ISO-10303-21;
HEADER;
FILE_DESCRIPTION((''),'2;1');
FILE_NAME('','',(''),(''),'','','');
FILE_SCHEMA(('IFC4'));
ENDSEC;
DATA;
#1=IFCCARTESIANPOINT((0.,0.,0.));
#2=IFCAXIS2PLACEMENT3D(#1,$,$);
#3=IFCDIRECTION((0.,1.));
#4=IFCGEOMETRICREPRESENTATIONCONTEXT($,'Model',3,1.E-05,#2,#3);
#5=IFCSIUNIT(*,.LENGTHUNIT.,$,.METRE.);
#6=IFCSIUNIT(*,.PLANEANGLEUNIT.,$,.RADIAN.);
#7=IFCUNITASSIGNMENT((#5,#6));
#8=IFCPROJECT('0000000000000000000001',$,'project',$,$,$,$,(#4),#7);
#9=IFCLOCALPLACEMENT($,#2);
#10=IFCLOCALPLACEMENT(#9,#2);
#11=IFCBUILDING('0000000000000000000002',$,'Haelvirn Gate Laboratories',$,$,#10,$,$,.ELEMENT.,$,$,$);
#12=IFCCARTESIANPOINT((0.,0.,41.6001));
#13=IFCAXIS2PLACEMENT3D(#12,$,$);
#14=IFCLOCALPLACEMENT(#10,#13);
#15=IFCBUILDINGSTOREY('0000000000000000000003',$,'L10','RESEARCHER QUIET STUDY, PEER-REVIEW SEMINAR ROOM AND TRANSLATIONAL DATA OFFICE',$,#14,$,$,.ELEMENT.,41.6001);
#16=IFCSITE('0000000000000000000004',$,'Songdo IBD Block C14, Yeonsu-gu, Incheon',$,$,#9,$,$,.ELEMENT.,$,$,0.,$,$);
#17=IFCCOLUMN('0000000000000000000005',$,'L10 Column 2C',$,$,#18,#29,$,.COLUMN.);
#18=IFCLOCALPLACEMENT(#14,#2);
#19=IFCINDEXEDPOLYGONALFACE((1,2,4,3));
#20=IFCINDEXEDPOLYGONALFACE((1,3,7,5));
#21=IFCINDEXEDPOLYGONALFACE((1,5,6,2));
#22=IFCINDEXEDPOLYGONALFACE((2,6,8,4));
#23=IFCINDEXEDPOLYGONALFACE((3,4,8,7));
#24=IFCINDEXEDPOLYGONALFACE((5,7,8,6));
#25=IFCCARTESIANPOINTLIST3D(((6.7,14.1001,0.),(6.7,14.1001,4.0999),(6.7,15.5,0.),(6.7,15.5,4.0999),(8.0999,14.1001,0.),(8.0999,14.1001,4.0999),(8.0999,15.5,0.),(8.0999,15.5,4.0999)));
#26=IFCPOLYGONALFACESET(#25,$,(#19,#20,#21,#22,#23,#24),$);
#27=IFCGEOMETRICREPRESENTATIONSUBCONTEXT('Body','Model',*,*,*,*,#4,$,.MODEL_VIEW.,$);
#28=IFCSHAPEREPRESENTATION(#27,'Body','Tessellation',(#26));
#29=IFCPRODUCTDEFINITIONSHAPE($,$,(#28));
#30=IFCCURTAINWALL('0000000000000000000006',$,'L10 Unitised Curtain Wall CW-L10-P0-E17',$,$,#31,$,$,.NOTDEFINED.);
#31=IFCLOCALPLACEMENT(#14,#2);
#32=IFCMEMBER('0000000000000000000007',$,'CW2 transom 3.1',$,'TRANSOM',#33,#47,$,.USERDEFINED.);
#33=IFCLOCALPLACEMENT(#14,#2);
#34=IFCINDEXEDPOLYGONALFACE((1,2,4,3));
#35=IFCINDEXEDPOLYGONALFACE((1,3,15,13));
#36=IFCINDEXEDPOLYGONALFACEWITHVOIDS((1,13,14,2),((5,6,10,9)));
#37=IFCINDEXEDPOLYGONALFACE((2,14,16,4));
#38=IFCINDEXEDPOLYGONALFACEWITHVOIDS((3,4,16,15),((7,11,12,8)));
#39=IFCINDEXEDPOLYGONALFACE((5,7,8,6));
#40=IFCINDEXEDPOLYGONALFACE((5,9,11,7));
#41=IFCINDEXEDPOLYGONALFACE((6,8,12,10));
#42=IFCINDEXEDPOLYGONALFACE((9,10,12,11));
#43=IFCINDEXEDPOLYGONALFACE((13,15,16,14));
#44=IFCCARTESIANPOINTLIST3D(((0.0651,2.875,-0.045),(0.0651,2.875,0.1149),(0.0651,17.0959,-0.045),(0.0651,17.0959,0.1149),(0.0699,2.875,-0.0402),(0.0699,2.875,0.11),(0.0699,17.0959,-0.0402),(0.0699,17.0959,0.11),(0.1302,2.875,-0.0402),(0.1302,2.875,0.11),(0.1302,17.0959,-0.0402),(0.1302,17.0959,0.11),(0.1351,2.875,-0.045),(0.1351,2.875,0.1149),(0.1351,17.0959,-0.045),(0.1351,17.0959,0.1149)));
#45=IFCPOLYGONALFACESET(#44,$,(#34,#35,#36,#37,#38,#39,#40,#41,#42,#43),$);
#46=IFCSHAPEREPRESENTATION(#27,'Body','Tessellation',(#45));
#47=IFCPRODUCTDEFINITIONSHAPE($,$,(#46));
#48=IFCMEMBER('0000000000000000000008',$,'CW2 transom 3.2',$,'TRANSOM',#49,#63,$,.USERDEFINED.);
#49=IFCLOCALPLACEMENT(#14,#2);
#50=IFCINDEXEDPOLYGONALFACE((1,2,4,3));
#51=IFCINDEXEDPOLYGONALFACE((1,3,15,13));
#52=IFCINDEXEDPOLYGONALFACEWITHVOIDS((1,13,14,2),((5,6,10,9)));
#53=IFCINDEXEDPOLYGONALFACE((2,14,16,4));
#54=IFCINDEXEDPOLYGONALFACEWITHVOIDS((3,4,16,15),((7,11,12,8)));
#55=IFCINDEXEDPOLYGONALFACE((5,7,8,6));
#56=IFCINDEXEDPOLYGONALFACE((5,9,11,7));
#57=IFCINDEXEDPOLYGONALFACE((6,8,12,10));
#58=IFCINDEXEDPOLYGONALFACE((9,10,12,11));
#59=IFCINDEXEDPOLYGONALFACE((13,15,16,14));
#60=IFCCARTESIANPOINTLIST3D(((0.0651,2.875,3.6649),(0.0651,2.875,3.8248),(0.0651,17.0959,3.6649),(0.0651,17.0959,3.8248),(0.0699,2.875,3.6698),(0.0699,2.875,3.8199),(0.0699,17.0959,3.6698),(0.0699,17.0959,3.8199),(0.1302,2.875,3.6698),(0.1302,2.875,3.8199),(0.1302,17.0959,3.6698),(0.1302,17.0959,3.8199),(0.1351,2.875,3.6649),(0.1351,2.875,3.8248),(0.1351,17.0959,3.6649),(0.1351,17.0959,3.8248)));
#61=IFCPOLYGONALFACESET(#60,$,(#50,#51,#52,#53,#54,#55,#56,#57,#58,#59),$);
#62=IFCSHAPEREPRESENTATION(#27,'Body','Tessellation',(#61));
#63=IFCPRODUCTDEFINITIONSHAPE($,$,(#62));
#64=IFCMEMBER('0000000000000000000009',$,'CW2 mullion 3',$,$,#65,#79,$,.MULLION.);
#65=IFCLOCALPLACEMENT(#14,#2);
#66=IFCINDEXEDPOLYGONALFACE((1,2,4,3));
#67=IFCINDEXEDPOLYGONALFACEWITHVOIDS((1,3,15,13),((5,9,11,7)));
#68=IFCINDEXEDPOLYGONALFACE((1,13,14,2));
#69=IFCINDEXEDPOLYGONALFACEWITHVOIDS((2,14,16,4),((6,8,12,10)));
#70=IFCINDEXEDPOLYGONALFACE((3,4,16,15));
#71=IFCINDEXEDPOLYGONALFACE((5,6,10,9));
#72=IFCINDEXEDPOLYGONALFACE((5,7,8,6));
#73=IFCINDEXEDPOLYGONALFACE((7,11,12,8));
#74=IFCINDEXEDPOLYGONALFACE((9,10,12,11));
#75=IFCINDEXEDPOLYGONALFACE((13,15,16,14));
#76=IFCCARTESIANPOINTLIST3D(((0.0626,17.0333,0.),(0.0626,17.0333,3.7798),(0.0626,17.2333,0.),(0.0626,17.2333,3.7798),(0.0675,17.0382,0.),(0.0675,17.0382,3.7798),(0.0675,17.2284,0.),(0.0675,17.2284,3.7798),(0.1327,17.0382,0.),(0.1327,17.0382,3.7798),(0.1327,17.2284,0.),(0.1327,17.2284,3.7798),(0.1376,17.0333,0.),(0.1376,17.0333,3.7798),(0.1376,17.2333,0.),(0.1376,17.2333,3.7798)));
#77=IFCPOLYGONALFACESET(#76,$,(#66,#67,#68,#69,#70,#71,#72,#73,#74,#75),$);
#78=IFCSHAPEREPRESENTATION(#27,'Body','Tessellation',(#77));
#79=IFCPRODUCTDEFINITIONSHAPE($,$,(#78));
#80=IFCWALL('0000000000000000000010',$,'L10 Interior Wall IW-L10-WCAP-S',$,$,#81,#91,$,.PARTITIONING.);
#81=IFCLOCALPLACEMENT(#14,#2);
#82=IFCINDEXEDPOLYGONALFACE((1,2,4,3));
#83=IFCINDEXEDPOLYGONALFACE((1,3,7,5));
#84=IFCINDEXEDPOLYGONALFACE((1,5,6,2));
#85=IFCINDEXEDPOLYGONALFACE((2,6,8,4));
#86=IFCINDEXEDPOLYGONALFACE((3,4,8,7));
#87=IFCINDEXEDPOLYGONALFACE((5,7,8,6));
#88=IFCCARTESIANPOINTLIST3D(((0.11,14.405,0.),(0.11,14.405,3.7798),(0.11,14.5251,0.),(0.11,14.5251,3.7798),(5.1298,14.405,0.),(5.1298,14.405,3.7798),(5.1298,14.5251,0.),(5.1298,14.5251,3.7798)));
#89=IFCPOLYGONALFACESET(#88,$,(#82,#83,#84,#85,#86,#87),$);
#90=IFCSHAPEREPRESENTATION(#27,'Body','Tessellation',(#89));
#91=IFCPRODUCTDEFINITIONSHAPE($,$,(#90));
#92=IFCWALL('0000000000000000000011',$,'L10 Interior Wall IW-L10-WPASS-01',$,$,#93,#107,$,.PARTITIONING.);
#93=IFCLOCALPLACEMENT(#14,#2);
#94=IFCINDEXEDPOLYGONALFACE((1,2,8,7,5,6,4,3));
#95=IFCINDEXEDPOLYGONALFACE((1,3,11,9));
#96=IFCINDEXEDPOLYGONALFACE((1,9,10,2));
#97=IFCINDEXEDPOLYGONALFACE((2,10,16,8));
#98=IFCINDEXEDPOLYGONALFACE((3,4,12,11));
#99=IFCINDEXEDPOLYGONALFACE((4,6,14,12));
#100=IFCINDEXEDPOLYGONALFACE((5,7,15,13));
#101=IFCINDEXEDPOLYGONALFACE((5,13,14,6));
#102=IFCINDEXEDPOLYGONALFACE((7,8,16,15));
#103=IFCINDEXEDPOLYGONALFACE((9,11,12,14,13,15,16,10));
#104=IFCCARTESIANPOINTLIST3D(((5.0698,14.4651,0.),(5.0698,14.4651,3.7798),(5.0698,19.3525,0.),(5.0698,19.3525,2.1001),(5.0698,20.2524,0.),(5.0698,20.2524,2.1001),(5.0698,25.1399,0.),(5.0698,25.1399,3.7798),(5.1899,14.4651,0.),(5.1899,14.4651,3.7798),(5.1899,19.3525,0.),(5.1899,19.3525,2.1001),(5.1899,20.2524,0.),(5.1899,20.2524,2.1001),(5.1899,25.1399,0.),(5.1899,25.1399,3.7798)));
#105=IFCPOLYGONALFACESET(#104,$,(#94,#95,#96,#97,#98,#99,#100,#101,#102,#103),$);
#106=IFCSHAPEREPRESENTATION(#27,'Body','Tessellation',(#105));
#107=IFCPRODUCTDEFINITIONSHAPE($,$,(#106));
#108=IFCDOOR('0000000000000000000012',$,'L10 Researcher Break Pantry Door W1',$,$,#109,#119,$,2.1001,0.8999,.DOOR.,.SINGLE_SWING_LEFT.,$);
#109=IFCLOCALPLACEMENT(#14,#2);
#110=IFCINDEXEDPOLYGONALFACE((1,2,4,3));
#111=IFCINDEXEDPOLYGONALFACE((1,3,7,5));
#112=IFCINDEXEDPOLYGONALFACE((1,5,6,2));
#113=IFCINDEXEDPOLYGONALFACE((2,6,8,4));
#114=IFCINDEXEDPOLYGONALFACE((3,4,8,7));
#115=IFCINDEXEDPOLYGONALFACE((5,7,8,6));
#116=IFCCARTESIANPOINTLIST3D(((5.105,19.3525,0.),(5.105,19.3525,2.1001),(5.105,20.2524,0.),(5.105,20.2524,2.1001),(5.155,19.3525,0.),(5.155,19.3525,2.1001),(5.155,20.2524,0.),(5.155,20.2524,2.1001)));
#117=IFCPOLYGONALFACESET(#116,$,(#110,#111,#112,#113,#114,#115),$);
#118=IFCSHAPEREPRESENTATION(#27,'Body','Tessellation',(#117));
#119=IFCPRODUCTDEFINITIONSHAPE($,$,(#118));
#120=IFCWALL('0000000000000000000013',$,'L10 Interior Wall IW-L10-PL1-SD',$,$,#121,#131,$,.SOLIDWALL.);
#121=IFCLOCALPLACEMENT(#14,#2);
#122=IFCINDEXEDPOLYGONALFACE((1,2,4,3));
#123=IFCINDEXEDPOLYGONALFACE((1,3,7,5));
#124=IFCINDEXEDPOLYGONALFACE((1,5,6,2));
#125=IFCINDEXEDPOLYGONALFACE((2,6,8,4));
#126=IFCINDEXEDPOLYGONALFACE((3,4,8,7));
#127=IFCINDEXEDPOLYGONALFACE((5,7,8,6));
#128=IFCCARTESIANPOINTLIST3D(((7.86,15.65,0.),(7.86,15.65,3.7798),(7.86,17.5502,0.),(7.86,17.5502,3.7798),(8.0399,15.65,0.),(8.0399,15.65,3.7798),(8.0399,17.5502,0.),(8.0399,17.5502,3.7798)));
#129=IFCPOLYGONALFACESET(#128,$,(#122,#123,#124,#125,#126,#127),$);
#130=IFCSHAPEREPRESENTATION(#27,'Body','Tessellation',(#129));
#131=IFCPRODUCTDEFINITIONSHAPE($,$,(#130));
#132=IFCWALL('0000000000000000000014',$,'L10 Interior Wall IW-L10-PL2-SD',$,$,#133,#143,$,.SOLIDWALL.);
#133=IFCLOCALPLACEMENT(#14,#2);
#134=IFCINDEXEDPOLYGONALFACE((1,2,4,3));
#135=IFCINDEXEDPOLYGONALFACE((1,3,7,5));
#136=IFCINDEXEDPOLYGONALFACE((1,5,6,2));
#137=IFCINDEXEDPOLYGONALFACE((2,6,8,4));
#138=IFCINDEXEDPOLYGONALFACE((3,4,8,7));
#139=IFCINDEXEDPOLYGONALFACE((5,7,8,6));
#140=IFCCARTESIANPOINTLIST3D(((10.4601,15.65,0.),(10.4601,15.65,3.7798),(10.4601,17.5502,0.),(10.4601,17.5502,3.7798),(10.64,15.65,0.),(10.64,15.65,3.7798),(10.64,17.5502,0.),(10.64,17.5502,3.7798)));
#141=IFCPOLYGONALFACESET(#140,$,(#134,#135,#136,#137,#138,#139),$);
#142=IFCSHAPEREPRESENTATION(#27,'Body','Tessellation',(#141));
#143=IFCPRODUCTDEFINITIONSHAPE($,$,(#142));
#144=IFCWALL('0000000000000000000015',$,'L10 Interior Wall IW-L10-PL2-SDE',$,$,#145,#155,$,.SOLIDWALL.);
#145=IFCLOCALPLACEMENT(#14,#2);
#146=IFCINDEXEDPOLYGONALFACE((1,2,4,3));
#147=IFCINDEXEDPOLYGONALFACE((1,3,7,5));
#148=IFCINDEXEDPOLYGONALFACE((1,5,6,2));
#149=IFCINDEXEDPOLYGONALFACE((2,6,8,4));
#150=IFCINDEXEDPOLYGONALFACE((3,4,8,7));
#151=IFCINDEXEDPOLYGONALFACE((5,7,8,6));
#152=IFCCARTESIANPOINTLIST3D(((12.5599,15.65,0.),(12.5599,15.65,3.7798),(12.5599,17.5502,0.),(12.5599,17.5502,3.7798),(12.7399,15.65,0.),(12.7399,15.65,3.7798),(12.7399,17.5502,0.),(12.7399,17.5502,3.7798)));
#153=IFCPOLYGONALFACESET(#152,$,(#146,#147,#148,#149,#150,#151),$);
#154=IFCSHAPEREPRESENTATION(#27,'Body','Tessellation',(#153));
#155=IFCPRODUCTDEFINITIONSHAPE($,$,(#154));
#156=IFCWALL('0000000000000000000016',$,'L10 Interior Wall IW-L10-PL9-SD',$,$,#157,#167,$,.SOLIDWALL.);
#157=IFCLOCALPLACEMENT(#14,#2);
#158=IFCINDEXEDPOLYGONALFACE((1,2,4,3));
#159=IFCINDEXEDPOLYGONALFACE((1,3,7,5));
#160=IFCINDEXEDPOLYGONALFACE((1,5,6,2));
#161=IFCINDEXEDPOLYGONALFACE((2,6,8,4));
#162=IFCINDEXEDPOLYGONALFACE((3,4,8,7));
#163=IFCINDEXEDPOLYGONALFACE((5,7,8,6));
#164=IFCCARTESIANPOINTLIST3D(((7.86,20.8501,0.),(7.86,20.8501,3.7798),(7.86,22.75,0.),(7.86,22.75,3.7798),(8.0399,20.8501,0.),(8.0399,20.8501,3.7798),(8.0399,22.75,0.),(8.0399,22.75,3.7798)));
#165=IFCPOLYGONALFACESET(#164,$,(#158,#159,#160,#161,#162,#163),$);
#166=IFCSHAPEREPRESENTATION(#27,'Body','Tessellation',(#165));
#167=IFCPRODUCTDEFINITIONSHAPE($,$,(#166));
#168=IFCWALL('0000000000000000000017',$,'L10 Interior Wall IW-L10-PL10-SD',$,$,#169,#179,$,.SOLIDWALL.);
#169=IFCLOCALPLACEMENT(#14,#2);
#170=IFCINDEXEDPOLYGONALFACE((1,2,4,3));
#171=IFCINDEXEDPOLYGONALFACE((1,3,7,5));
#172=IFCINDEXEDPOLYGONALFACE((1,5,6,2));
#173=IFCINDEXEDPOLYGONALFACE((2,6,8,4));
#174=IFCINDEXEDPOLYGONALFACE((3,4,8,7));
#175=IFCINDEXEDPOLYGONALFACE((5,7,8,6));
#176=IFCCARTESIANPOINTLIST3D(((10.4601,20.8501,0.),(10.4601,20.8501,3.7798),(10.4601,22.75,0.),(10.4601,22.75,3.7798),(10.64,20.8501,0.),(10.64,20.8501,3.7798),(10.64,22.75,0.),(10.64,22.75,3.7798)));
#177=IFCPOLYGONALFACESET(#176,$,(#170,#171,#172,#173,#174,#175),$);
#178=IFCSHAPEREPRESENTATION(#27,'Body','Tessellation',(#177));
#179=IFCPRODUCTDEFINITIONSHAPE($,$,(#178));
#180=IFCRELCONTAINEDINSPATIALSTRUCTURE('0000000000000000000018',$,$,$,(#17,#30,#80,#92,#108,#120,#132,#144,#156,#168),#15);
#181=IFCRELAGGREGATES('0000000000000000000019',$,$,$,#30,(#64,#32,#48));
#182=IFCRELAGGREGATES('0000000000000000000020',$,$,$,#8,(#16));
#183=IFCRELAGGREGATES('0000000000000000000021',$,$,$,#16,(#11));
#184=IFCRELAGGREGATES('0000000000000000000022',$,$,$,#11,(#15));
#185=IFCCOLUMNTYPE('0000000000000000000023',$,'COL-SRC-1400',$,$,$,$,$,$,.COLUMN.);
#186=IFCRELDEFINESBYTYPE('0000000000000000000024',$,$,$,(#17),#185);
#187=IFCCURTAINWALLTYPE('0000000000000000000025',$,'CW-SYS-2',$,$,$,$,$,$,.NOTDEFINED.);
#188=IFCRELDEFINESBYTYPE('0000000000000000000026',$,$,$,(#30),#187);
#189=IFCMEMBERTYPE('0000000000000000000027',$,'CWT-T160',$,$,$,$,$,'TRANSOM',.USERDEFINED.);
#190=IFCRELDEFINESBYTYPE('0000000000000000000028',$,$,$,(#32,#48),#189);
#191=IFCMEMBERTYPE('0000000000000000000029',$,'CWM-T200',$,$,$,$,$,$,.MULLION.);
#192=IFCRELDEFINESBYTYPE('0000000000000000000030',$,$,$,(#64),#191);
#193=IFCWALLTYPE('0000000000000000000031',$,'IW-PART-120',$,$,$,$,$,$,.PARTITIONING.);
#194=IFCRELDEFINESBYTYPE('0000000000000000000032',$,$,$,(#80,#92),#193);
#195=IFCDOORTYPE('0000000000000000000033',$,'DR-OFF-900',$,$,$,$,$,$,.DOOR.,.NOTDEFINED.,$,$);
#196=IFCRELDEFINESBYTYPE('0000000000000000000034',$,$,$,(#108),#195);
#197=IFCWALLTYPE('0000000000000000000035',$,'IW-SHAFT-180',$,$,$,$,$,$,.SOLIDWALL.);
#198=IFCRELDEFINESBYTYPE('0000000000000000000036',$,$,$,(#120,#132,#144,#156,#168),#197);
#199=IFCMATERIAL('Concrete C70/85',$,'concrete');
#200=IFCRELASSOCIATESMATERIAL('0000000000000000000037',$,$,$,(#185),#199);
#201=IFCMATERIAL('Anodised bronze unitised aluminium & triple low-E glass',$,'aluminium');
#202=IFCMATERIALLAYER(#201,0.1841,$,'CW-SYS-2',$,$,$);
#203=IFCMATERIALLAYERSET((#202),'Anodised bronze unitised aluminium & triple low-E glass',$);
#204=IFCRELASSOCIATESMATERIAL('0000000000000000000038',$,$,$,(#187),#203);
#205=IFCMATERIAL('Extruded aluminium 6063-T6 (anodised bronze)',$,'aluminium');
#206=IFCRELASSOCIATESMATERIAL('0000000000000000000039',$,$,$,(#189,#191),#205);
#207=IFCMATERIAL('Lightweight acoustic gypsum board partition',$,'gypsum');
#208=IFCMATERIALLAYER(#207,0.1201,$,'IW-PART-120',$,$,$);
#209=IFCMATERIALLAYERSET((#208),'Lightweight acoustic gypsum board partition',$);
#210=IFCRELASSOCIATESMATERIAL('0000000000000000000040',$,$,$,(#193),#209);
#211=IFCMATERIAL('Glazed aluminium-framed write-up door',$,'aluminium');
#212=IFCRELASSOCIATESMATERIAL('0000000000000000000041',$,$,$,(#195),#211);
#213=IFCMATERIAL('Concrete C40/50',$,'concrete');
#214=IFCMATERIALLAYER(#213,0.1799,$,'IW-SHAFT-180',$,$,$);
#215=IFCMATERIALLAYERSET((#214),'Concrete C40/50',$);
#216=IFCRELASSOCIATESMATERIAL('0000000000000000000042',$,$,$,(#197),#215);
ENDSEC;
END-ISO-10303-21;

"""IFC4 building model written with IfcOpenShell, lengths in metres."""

from ifc_helpers import new_model, si_unit, direction, frame, frame_2d, origin, origin_2d, place, context, subcontext, project, spatial, rectangle, hollow_rectangle, extrude, source, transform, mapped, material, layer, layer_set, material_profile, profile_set, type_object, type_shapes, element, fill, aggregate, save


model = new_model("IFC4")

# Units and contexts
model_context = context("Model", 3, precision=1e-05, world=origin(), true_north=direction((0.0, 1.0)))
body_context = subcontext(model_context, "Body", "Model", "MODEL_VIEW")
ifc_project = project(units=[si_unit("LENGTHUNIT", "METRE"), si_unit("PLANEANGLEUNIT", "RADIAN")], contexts=[model_context])

# Site, building, storey
site_placement = place(None, origin())
site = spatial("IfcSite", under=ifc_project, at=site_placement, Name="Songdo IBD Block C14, Yeonsu-gu, Incheon", CompositionType="ELEMENT", RefElevation=0.0)
building_placement = place(site_placement, origin())
building = spatial("IfcBuilding", under=site, at=building_placement, Name="Haelvirn Gate Laboratories", CompositionType="ELEMENT")
storey_placement = place(building_placement, frame((0.0, 0.0, 41.6001)))
storey = spatial("IfcBuildingStorey", under=building, at=storey_placement, Name="L10", Description="RESEARCHER QUIET STUDY, PEER-REVIEW SEMINAR ROOM AND TRANSLATIONAL DATA OFFICE", CompositionType="ELEMENT", Elevation=41.6001)

# Column
ifc_material_1 = material(Name="Concrete C70/85", Category="concrete")
ifc_material_profile_1 = material_profile(ifc_material_1, rectangle(XDim=1.3999, YDim=1.3999, at=origin_2d()), Name="SRC-1400x1400")
ifc_profile_set_1 = profile_set([ifc_material_profile_1], Name="Concrete C70/85")
column_type = type_object("IfcColumnType", Name="COL-SRC-1400", PredefinedType="COLUMN", material=ifc_profile_set_1)
shared_shape_1 = source(origin(), body_context, "Body", "SweptSolid", [
    extrude(rectangle(XDim=1.3999, YDim=1.3999, at=origin_2d()), origin(), (0.0, 0.0, 1.0), 4.0999),
])
type_shapes(column_type, [shared_shape_1])
column_placement = place(storey_placement, frame((7.3999, 14.8, 0.0), z_axis=(0.0, 0.0, 1.0), x_axis=(1.0, 0.0, 0.0)))
element("IfcColumn", 1, at=column_placement, inside=storey, type_object=column_type, Name="L10 Column 2C", PredefinedType="COLUMN", context=body_context, shape_type="MappedRepresentation", body=[
    mapped(shared_shape_1, transform((0.0, 0.0, 0.0), scale=1.0)),
])

# Curtain wall, members
ifc_material_2 = material(Name="Anodised bronze unitised aluminium & triple low-E glass", Category="aluminium")
ifc_layer_1 = layer(ifc_material_2, 0.1841, Name="CW-SYS-2")
ifc_layer_set_1 = layer_set([ifc_layer_1], Name="Anodised bronze unitised aluminium & triple low-E glass")
curtain_wall_type = type_object("IfcCurtainWallType", Name="CW-SYS-2", PredefinedType="NOTDEFINED", material=ifc_layer_set_1)
curtain_wall_placement = place(storey_placement, origin())
curtain_wall = element("IfcCurtainWall", 2, at=curtain_wall_placement, inside=storey, type_object=curtain_wall_type, Name="L10 Unitised Curtain Wall CW-L10-P0-E17", PredefinedType="NOTDEFINED")
ifc_material_3 = material(Name="Extruded aluminium 6063-T6 (anodised bronze)", Category="aluminium")
ifc_material_profile_2 = material_profile(ifc_material_3, hollow_rectangle(XDim=0.0701, YDim=0.1599, WallThickness=0.0049, at=origin_2d()), Name="CWT-160x70x5")
ifc_profile_set_2 = profile_set([ifc_material_profile_2], Name="Extruded aluminium 6063-T6 (anodised bronze)")
member_type_1 = type_object("IfcMemberType", Name="CWT-T160", ElementType="TRANSOM", PredefinedType="USERDEFINED", material=ifc_profile_set_2)
shared_shape_2 = source(origin(), body_context, "Body", "SweptSolid", [
    extrude(hollow_rectangle(XDim=0.0701, YDim=0.1599, WallThickness=0.0049, at=origin_2d()), origin(), (0.0, 0.0, 1.0), 14.2209),
])
type_shapes(member_type_1, [shared_shape_2])
member_1_placement = place(storey_placement, frame((0.1001, 17.0959, 0.0349), z_axis=(0.0, -1.0, 0.0), x_axis=(1.0, 0.0, 0.0)))
member_1 = element("IfcMember", 3, at=member_1_placement, type_object=member_type_1, Name="CW2 transom 3.1", ObjectType="TRANSOM", PredefinedType="USERDEFINED", context=body_context, shape_type="MappedRepresentation", body=[
    mapped(shared_shape_2, transform((0.0, 0.0, 0.0), scale=1.0)),
])
member_2_placement = place(storey_placement, frame((0.1001, 17.0959, 3.7449), z_axis=(0.0, -1.0, 0.0), x_axis=(1.0, 0.0, 0.0)))
member_2 = element("IfcMember", 4, at=member_2_placement, type_object=member_type_1, Name="CW2 transom 3.2", ObjectType="TRANSOM", PredefinedType="USERDEFINED", context=body_context, shape_type="MappedRepresentation", body=[
    mapped(shared_shape_2, transform((0.0, 0.0, 0.0), scale=1.0)),
])
ifc_material_profile_3 = material_profile(ifc_material_3, hollow_rectangle(XDim=0.075, YDim=0.2, WallThickness=0.0049, at=origin_2d()), Name="CWM-200x75x5")
ifc_profile_set_3 = profile_set([ifc_material_profile_3], Name="Extruded aluminium 6063-T6 (anodised bronze)")
member_type_2 = type_object("IfcMemberType", Name="CWM-T200", PredefinedType="MULLION", material=ifc_profile_set_3)
shared_shape_3 = source(origin(), body_context, "Body", "SweptSolid", [
    extrude(hollow_rectangle(XDim=0.075, YDim=0.2, WallThickness=0.0049, at=origin_2d()), origin(), (0.0, 0.0, 1.0), 3.7798),
])
type_shapes(member_type_2, [shared_shape_3])
member_3_placement = place(storey_placement, frame((0.1001, 17.1333, 0.0), z_axis=(0.0, 0.0, 1.0), x_axis=(1.0, 0.0, 0.0)))
member_3 = element("IfcMember", 5, at=member_3_placement, type_object=member_type_2, Name="CW2 mullion 3", PredefinedType="MULLION", context=body_context, shape_type="MappedRepresentation", body=[
    mapped(shared_shape_3, transform((0.0, 0.0, 0.0), scale=1.0)),
])
aggregate(curtain_wall, [member_3, member_1, member_2])

# Wall
ifc_material_4 = material(Name="Lightweight acoustic gypsum board partition", Category="gypsum")
ifc_layer_2 = layer(ifc_material_4, 0.1201, Name="IW-PART-120")
ifc_layer_set_2 = layer_set([ifc_layer_2], Name="Lightweight acoustic gypsum board partition")
wall_type_1 = type_object("IfcWallType", Name="IW-PART-120", PredefinedType="PARTITIONING", material=ifc_layer_set_2)
wall_1_placement = place(storey_placement, frame((0.1101, 14.4651, 0.0), z_axis=(0.0, 0.0, 1.0), x_axis=(1.0, 0.0, 0.0)))
element("IfcWall", 6, at=wall_1_placement, inside=storey, type_object=wall_type_1, Name="L10 Interior Wall IW-L10-WCAP-S", PredefinedType="PARTITIONING", context=body_context, shape_type="SweptSolid", body=[
    extrude(rectangle(XDim=5.0198, YDim=0.1201, at=frame_2d((2.5098, 0.0))), origin(), (0.0, 0.0, 1.0), 3.7798),
])

# Wall, opening, door
wall_2_placement = place(storey_placement, frame((5.1299, 14.4651, 0.0), z_axis=(0.0, 0.0, 1.0), x_axis=(0.0, 1.0, 0.0)))
wall_2 = element("IfcWall", 7, at=wall_2_placement, inside=storey, type_object=wall_type_1, Name="L10 Interior Wall IW-L10-WPASS-01", PredefinedType="PARTITIONING", context=body_context, shape_type="SweptSolid", body=[
    extrude(rectangle(XDim=10.6748, YDim=0.1201, at=frame_2d((5.3374, 0.0))), origin(), (0.0, 0.0, 1.0), 3.7798),
])
opening_1_placement = place(wall_2_placement, frame((4.8875, 0.0, 0.0)))
opening_1 = element("IfcOpeningElement", 8, at=opening_1_placement, cuts=wall_2, PredefinedType="OPENING", context=body_context, shape_type="SweptSolid", body=[
    extrude(rectangle(XDim=0.8999, YDim=2.1001, at=frame_2d((0.45, 1.05))), frame((0.0, 0.0701, 0.0), z_axis=(0.0, -1.0, 0.0), x_axis=(1.0, 0.0, 0.0)), (0.0, 0.0, 1.0), 0.1401),
])
ifc_material_5 = material(Name="Glazed aluminium-framed write-up door", Category="aluminium")
door_type_1 = type_object("IfcDoorType", Name="DR-OFF-900", OperationType="NOTDEFINED", PredefinedType="DOOR", material=ifc_material_5)
shared_shape_4 = source(origin(), body_context, "Body", "SweptSolid", [
    extrude(rectangle(XDim=0.8999, YDim=2.1001, at=frame_2d((0.45, 1.05))), frame((0.0, 0.0249, 0.0), z_axis=(0.0, -1.0, 0.0), x_axis=(1.0, 0.0, 0.0)), (0.0, 0.0, 1.0), 0.05),
])
type_shapes(door_type_1, [shared_shape_4])
door_1_placement = place(opening_1_placement, origin())
door_1 = element("IfcDoor", 9, at=door_1_placement, inside=storey, type_object=door_type_1, Name="L10 Researcher Break Pantry Door W1", OperationType="SINGLE_SWING_LEFT", OverallHeight=2.1001, OverallWidth=0.8999, PredefinedType="DOOR", context=body_context, shape_type="MappedRepresentation", body=[
    mapped(shared_shape_4, transform((0.0, 0.0, 0.0), scale=1.0)),
])
fill(opening_1, door_1)

# Walls
ifc_material_6 = material(Name="Concrete C40/50", Category="concrete")
ifc_layer_3 = layer(ifc_material_6, 0.1799, Name="IW-SHAFT-180")
ifc_layer_set_3 = layer_set([ifc_layer_3], Name="Concrete C40/50")
wall_type_2 = type_object("IfcWallType", Name="IW-SHAFT-180", PredefinedType="SOLIDWALL", material=ifc_layer_set_3)
for number, where, z_axis, x_axis, name in (
    (10, (7.95, 15.6499, 0.0), (0.0, 0.0, 1.0), (0.0, 1.0, 0.0), "L10 Interior Wall IW-L10-PL1-SD"),
    (11, (10.55, 15.6499, 0.0), (0.0, 0.0, 1.0), (0.0, 1.0, 0.0), "L10 Interior Wall IW-L10-PL2-SD"),
    (12, (12.6499, 15.6499, 0.0), (0.0, 0.0, 1.0), (0.0, 1.0, 0.0), "L10 Interior Wall IW-L10-PL2-SDE"),
):
    element("IfcWall", number, at=place(storey_placement, frame(where, z_axis=z_axis, x_axis=x_axis)), inside=storey, type_object=wall_type_2, Name=name, PredefinedType="SOLIDWALL", context=body_context, shape_type="SweptSolid", body=[
        extrude(rectangle(XDim=1.9001, YDim=0.1799, at=frame_2d((0.9502, 0.0))), origin(), (0.0, 0.0, 1.0), 3.7798),
    ])
for number, where, z_axis, x_axis, name in (
    (13, (7.95, 20.8501, 0.0), (0.0, 0.0, 1.0), (0.0, 1.0, 0.0), "L10 Interior Wall IW-L10-PL9-SD"),
    (14, (10.55, 20.8501, 0.0), (0.0, 0.0, 1.0), (0.0, 1.0, 0.0), "L10 Interior Wall IW-L10-PL10-SD"),
):
    element("IfcWall", number, at=place(storey_placement, frame(where, z_axis=z_axis, x_axis=x_axis)), inside=storey, type_object=wall_type_2, Name=name, PredefinedType="SOLIDWALL", context=body_context, shape_type="SweptSolid", body=[
        extrude(rectangle(XDim=1.8999, YDim=0.1799, at=frame_2d((0.95, 0.0))), origin(), (0.0, 0.0, 1.0), 3.7798),
    ])

save(model, "model.ifc")
